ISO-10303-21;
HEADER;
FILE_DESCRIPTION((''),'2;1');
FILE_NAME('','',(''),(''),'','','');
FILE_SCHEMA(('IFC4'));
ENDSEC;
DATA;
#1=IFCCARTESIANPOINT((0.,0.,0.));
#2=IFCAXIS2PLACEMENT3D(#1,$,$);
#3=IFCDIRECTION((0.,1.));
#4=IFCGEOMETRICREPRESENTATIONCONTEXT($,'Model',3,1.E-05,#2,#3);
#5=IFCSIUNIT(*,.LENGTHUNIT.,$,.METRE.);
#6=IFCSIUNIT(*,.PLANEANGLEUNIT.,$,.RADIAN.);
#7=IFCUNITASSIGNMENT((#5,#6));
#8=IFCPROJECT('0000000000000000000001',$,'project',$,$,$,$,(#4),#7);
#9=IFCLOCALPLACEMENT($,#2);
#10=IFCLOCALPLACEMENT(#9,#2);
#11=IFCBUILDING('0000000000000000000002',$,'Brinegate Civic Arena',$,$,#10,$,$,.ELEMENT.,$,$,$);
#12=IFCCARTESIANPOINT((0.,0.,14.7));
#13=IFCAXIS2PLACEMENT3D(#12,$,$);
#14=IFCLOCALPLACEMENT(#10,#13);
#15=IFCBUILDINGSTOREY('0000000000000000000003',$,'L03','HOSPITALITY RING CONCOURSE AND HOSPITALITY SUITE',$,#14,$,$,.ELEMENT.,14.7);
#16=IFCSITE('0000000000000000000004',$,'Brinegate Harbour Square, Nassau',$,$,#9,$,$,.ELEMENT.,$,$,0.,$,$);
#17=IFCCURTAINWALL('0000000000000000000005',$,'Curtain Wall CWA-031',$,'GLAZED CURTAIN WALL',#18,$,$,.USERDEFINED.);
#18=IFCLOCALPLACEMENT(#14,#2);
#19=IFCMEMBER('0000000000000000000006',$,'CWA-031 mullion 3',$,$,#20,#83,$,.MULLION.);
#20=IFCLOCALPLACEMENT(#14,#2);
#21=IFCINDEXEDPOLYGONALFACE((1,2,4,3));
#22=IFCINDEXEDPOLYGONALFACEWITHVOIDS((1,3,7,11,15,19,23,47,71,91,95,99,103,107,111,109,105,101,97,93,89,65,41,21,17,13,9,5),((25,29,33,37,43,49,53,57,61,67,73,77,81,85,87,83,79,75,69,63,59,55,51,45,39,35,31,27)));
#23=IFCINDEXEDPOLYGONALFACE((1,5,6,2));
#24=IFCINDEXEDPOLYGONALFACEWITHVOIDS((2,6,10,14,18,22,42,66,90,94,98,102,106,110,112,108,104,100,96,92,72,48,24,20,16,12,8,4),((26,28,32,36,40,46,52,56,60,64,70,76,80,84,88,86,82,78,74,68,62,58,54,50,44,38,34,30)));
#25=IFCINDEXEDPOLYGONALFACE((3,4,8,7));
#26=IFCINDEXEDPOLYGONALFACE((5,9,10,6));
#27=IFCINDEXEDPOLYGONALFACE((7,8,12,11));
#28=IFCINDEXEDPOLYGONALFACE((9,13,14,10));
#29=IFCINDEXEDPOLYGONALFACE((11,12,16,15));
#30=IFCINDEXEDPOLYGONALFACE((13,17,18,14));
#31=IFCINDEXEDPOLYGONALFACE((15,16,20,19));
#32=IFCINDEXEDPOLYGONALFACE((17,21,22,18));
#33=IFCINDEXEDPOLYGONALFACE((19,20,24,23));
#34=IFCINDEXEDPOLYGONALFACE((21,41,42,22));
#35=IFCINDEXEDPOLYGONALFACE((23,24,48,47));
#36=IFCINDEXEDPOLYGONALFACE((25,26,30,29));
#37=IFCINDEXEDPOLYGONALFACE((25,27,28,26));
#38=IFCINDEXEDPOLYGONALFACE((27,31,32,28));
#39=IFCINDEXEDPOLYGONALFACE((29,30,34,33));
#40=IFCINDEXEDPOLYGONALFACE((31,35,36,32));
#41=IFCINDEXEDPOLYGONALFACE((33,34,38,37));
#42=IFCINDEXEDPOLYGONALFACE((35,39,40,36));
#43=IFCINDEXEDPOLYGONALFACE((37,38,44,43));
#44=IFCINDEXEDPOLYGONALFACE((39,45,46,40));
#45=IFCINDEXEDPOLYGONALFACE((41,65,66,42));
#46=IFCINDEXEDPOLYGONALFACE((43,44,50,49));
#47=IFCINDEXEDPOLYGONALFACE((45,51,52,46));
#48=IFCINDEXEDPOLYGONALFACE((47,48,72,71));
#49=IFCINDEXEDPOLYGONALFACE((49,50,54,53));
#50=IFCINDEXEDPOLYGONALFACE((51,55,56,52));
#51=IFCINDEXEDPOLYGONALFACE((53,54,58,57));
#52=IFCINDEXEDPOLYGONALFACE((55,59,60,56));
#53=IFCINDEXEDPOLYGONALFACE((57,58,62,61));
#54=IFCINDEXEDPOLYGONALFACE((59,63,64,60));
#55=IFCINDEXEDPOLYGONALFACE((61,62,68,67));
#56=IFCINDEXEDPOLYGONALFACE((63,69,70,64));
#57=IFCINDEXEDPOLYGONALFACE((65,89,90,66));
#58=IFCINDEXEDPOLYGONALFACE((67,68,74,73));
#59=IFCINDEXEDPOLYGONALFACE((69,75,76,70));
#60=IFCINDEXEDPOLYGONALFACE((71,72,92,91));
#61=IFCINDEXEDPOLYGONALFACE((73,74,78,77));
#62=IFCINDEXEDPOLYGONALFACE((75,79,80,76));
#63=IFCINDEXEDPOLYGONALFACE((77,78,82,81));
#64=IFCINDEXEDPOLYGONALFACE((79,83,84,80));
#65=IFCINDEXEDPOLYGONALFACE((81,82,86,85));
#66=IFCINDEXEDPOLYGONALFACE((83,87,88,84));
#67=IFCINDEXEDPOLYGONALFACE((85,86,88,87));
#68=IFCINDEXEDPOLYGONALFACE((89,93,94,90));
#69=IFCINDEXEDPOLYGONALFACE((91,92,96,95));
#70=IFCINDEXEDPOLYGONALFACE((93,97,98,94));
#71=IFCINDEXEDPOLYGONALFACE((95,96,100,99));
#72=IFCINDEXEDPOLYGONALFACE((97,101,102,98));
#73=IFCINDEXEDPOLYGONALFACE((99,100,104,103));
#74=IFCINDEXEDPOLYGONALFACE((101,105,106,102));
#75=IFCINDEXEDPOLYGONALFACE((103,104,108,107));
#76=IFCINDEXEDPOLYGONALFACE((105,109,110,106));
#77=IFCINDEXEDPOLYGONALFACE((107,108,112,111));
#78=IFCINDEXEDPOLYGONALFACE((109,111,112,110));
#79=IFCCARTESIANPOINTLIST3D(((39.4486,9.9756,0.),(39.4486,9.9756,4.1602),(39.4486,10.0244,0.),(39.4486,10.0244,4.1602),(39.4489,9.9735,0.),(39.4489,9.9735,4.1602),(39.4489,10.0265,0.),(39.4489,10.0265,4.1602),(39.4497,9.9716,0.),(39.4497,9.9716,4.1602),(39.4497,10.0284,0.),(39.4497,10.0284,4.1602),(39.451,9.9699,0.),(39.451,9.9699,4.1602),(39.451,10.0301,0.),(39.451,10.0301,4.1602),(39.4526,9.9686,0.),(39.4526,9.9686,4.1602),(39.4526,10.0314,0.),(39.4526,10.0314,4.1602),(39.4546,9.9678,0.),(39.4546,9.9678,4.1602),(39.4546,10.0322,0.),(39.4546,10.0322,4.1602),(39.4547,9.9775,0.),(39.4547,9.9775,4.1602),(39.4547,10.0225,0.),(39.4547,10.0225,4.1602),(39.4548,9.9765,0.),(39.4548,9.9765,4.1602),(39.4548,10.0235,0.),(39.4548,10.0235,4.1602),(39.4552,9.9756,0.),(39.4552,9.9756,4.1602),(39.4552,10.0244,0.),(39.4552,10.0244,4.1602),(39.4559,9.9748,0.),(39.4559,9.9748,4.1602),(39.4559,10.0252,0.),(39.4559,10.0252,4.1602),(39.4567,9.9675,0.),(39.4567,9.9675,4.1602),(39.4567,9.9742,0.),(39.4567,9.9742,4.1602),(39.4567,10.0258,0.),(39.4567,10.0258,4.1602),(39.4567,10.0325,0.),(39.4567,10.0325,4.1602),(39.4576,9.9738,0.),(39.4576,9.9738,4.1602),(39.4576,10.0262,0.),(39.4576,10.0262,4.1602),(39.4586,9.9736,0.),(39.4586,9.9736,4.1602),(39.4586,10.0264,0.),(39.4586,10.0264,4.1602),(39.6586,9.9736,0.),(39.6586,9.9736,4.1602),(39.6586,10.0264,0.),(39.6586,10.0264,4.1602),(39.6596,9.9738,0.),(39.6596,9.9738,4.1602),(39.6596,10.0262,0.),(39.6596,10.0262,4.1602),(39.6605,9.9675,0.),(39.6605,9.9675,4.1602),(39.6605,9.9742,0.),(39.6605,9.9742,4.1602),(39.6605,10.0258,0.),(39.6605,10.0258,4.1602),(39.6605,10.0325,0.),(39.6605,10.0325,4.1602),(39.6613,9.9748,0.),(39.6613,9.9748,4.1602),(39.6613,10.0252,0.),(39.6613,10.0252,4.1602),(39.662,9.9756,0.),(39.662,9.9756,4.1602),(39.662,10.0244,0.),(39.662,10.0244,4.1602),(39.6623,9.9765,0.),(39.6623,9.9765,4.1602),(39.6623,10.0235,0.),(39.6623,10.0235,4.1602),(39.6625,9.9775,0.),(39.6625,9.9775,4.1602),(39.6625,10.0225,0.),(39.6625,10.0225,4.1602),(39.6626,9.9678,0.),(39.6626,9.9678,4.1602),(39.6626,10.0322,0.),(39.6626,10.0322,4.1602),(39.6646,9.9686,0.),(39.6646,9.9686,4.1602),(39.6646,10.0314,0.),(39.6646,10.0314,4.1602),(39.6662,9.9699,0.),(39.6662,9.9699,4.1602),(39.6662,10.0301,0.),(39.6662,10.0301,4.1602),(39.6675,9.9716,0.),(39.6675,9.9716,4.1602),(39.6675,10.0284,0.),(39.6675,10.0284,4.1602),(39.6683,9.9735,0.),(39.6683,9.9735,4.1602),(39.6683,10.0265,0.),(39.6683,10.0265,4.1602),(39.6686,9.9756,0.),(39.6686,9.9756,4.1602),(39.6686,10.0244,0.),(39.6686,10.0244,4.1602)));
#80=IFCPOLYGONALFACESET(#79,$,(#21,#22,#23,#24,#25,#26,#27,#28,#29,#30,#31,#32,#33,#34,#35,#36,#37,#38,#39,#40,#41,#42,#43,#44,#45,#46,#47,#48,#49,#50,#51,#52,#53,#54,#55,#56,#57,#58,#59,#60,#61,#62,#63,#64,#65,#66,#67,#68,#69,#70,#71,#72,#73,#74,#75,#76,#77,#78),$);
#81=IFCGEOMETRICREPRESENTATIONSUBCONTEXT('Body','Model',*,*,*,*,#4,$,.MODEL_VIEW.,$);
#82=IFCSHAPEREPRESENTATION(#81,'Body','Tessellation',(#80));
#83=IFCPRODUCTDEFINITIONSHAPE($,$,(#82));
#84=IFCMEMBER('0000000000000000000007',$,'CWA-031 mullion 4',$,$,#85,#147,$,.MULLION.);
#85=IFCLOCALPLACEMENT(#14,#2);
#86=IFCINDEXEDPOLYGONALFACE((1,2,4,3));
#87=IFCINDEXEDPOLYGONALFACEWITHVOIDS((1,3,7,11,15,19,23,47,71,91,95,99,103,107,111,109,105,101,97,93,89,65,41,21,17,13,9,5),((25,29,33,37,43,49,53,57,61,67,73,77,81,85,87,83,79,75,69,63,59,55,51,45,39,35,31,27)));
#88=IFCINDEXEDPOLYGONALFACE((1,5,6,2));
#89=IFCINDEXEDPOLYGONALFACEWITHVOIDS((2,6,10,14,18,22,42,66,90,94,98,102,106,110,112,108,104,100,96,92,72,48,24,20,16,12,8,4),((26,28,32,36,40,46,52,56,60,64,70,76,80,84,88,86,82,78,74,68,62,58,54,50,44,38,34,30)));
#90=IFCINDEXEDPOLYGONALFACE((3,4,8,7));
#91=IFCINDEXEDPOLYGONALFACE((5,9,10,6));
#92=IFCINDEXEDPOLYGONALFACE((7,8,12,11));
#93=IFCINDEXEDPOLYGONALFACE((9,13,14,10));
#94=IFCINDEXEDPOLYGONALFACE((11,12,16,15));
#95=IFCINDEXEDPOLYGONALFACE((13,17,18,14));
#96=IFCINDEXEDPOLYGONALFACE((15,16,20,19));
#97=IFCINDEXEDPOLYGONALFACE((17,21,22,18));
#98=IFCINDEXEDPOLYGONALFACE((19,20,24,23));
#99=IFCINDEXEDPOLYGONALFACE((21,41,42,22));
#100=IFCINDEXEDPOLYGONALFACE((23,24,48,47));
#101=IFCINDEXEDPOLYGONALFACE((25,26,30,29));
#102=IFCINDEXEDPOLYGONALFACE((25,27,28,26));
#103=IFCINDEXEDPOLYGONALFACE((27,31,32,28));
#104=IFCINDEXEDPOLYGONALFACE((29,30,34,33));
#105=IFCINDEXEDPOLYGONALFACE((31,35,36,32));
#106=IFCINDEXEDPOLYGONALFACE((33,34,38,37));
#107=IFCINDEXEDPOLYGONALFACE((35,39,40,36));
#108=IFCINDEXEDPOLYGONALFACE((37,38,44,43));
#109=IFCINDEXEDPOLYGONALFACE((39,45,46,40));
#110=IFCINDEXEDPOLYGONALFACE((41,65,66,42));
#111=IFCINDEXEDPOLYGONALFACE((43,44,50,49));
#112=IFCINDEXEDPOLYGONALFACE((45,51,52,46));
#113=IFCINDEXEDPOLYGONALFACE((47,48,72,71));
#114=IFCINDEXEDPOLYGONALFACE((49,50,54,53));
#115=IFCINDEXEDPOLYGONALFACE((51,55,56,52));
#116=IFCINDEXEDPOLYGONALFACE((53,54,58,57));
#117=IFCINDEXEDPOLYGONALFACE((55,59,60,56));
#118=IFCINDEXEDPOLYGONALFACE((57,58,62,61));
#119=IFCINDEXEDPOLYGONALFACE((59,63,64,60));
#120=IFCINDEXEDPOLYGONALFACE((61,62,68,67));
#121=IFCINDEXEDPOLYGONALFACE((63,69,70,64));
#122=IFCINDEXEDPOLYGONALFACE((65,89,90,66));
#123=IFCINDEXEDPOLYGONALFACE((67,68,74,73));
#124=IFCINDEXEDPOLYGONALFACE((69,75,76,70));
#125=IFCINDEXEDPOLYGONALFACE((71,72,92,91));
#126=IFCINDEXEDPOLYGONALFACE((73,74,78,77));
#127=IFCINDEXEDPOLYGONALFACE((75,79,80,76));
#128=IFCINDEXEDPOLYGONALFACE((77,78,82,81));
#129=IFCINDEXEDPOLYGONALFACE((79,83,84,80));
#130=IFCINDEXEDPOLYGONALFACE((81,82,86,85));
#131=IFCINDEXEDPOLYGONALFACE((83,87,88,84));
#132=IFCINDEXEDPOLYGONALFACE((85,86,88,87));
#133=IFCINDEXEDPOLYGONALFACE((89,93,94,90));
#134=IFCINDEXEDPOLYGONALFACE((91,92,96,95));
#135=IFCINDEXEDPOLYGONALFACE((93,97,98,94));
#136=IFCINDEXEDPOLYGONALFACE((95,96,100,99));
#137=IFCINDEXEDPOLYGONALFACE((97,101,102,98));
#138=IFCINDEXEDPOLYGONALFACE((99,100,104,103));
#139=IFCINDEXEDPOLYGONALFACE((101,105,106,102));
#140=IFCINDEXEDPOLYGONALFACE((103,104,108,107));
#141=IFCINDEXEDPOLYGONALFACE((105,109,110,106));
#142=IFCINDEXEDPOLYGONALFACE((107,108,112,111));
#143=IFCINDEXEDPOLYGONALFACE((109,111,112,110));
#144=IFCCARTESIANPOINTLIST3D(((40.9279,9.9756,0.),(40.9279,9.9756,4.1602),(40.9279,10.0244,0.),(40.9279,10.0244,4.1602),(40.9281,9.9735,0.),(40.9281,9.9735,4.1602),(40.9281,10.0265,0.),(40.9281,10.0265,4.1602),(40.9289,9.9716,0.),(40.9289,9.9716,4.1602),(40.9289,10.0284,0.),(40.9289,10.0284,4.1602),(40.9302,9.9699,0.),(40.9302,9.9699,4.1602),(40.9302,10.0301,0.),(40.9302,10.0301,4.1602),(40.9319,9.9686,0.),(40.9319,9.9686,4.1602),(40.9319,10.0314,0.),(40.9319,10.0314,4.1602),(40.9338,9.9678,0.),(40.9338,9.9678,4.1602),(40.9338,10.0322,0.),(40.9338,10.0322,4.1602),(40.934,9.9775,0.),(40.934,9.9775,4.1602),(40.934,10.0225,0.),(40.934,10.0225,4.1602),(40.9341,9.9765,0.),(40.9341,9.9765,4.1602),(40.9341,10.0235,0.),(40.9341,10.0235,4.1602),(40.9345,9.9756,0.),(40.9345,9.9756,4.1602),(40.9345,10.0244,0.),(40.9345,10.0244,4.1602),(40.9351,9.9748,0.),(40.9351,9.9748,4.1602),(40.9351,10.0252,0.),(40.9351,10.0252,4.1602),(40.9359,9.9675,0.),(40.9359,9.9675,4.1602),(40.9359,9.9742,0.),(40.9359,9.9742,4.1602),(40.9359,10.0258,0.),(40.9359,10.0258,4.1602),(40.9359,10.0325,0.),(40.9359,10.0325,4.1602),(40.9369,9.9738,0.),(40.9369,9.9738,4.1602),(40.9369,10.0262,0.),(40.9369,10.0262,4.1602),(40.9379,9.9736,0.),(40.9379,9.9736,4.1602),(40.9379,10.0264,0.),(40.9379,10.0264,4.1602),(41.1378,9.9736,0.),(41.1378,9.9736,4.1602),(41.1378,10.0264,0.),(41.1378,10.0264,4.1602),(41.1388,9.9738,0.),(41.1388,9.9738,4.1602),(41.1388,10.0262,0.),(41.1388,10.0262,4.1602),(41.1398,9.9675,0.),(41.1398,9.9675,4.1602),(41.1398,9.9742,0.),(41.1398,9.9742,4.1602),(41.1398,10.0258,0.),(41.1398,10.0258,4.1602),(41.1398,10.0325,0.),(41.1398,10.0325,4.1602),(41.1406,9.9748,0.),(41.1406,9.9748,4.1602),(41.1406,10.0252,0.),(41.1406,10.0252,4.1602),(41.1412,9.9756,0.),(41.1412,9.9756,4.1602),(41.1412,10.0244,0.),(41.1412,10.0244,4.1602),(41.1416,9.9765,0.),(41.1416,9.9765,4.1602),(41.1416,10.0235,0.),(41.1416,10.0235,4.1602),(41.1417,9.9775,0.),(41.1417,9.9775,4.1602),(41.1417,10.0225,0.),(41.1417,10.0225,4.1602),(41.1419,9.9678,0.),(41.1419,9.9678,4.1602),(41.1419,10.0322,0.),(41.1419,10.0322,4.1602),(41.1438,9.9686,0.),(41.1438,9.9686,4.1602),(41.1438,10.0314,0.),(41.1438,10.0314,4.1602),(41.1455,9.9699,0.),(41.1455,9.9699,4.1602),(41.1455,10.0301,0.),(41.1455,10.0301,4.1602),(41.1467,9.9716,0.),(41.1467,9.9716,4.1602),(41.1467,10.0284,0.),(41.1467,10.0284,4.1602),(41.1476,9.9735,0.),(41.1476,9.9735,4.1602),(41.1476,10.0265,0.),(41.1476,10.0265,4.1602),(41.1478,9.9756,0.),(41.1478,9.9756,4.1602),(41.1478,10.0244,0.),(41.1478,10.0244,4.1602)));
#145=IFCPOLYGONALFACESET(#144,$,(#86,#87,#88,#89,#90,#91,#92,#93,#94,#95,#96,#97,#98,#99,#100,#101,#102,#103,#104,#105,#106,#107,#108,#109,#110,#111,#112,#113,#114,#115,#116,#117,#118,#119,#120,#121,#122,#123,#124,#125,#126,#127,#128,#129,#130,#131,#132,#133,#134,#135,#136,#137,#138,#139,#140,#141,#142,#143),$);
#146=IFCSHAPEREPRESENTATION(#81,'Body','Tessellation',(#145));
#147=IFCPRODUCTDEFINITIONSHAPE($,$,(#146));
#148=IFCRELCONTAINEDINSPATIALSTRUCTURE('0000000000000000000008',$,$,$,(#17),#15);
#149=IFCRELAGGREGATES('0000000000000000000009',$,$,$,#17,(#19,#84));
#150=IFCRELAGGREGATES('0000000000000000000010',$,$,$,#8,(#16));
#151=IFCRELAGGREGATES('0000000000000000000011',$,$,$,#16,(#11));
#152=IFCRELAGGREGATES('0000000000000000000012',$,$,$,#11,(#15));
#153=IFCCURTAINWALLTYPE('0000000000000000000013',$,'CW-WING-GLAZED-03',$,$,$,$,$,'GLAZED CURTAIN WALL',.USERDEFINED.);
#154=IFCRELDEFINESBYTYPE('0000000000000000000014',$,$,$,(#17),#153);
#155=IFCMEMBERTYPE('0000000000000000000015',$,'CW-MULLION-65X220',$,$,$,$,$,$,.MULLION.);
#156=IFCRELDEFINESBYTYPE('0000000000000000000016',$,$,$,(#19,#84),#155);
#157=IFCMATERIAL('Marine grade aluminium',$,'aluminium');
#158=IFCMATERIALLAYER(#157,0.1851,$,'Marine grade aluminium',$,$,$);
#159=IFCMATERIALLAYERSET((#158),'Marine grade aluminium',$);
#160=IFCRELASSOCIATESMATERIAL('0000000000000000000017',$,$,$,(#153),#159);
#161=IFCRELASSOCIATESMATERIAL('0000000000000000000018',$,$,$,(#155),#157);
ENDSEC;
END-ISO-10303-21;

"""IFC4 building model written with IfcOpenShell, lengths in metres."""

from ifc_helpers import new_model, si_unit, direction, frame, origin, origin_2d, place, context, subcontext, project, spatial, hollow_rectangle, extrude, material, layer, layer_set, material_profile, profile_set, type_object, element, aggregate, save


model = new_model("IFC4")

# Units and contexts
model_context = context("Model", 3, precision=1e-05, world=origin(), true_north=direction((0.0, 1.0)))
body_context = subcontext(model_context, "Body", "Model", "MODEL_VIEW")
ifc_project = project(units=[si_unit("LENGTHUNIT", "METRE"), si_unit("PLANEANGLEUNIT", "RADIAN")], contexts=[model_context])

# Site, building, storey
site_placement = place(None, origin())
site = spatial("IfcSite", under=ifc_project, at=site_placement, Name="Brinegate Harbour Square, Nassau", CompositionType="ELEMENT", RefElevation=0.0)
building_placement = place(site_placement, origin())
building = spatial("IfcBuilding", under=site, at=building_placement, Name="Brinegate Civic Arena", CompositionType="ELEMENT")
storey_placement = place(building_placement, frame((0.0, 0.0, 14.7)))
storey = spatial("IfcBuildingStorey", under=building, at=storey_placement, Name="L03", Description="HOSPITALITY RING CONCOURSE AND HOSPITALITY SUITE", CompositionType="ELEMENT", Elevation=14.7)

# Curtain wall, members
ifc_material_1 = material(Name="Marine grade aluminium", Category="aluminium")
ifc_layer_1 = layer(ifc_material_1, 0.1851, Name="Marine grade aluminium")
ifc_layer_set_1 = layer_set([ifc_layer_1], Name="Marine grade aluminium")
curtain_wall_type = type_object("IfcCurtainWallType", Name="CW-WING-GLAZED-03", ElementType="GLAZED CURTAIN WALL", PredefinedType="USERDEFINED", material=ifc_layer_set_1)
curtain_wall_1_placement = place(storey_placement, origin())
curtain_wall_1 = element("IfcCurtainWall", 1, at=curtain_wall_1_placement, inside=storey, type_object=curtain_wall_type, Name="Curtain Wall CWA-031", ObjectType="GLAZED CURTAIN WALL", PredefinedType="USERDEFINED")
ifc_material_profile_1 = material_profile(ifc_material_1, hollow_rectangle(XDim=0.0649, YDim=0.22, WallThickness=0.0061, InnerFilletRadius=0.0039, OuterFilletRadius=0.0081, at=origin_2d()), Name="MUL65X220")
ifc_profile_set_1 = profile_set([ifc_material_profile_1], Name="Marine grade aluminium")
member_type_1 = type_object("IfcMemberType", Name="CW-MULLION-65X220", PredefinedType="MULLION", material=ifc_profile_set_1)
member_1_placement = place(storey_placement, frame((39.5586, 10.0, 0.0), z_axis=(0.0, 0.0, 1.0), x_axis=(0.0, 1.0, 0.0)))
member_1 = element("IfcMember", 2, at=member_1_placement, type_object=member_type_1, Name="CWA-031 mullion 3", PredefinedType="MULLION", context=body_context, shape_type="SweptSolid", body=[
    extrude(hollow_rectangle(XDim=0.0649, YDim=0.22, WallThickness=0.0061, InnerFilletRadius=0.0039, OuterFilletRadius=0.0081, at=origin_2d()), origin(), (0.0, 0.0, 1.0), 4.1602),
])
member_2_placement = place(storey_placement, frame((41.0378, 10.0, 0.0), z_axis=(0.0, 0.0, 1.0), x_axis=(0.0, 1.0, 0.0)))
member_2 = element("IfcMember", 3, at=member_2_placement, type_object=member_type_1, Name="CWA-031 mullion 4", PredefinedType="MULLION", context=body_context, shape_type="SweptSolid", body=[
    extrude(hollow_rectangle(XDim=0.0649, YDim=0.22, WallThickness=0.0061, InnerFilletRadius=0.0039, OuterFilletRadius=0.0081, at=origin_2d()), origin(), (0.0, 0.0, 1.0), 4.1602),
])

aggregate(curtain_wall_1, [member_1, member_2])

save(model, "model.ifc")
